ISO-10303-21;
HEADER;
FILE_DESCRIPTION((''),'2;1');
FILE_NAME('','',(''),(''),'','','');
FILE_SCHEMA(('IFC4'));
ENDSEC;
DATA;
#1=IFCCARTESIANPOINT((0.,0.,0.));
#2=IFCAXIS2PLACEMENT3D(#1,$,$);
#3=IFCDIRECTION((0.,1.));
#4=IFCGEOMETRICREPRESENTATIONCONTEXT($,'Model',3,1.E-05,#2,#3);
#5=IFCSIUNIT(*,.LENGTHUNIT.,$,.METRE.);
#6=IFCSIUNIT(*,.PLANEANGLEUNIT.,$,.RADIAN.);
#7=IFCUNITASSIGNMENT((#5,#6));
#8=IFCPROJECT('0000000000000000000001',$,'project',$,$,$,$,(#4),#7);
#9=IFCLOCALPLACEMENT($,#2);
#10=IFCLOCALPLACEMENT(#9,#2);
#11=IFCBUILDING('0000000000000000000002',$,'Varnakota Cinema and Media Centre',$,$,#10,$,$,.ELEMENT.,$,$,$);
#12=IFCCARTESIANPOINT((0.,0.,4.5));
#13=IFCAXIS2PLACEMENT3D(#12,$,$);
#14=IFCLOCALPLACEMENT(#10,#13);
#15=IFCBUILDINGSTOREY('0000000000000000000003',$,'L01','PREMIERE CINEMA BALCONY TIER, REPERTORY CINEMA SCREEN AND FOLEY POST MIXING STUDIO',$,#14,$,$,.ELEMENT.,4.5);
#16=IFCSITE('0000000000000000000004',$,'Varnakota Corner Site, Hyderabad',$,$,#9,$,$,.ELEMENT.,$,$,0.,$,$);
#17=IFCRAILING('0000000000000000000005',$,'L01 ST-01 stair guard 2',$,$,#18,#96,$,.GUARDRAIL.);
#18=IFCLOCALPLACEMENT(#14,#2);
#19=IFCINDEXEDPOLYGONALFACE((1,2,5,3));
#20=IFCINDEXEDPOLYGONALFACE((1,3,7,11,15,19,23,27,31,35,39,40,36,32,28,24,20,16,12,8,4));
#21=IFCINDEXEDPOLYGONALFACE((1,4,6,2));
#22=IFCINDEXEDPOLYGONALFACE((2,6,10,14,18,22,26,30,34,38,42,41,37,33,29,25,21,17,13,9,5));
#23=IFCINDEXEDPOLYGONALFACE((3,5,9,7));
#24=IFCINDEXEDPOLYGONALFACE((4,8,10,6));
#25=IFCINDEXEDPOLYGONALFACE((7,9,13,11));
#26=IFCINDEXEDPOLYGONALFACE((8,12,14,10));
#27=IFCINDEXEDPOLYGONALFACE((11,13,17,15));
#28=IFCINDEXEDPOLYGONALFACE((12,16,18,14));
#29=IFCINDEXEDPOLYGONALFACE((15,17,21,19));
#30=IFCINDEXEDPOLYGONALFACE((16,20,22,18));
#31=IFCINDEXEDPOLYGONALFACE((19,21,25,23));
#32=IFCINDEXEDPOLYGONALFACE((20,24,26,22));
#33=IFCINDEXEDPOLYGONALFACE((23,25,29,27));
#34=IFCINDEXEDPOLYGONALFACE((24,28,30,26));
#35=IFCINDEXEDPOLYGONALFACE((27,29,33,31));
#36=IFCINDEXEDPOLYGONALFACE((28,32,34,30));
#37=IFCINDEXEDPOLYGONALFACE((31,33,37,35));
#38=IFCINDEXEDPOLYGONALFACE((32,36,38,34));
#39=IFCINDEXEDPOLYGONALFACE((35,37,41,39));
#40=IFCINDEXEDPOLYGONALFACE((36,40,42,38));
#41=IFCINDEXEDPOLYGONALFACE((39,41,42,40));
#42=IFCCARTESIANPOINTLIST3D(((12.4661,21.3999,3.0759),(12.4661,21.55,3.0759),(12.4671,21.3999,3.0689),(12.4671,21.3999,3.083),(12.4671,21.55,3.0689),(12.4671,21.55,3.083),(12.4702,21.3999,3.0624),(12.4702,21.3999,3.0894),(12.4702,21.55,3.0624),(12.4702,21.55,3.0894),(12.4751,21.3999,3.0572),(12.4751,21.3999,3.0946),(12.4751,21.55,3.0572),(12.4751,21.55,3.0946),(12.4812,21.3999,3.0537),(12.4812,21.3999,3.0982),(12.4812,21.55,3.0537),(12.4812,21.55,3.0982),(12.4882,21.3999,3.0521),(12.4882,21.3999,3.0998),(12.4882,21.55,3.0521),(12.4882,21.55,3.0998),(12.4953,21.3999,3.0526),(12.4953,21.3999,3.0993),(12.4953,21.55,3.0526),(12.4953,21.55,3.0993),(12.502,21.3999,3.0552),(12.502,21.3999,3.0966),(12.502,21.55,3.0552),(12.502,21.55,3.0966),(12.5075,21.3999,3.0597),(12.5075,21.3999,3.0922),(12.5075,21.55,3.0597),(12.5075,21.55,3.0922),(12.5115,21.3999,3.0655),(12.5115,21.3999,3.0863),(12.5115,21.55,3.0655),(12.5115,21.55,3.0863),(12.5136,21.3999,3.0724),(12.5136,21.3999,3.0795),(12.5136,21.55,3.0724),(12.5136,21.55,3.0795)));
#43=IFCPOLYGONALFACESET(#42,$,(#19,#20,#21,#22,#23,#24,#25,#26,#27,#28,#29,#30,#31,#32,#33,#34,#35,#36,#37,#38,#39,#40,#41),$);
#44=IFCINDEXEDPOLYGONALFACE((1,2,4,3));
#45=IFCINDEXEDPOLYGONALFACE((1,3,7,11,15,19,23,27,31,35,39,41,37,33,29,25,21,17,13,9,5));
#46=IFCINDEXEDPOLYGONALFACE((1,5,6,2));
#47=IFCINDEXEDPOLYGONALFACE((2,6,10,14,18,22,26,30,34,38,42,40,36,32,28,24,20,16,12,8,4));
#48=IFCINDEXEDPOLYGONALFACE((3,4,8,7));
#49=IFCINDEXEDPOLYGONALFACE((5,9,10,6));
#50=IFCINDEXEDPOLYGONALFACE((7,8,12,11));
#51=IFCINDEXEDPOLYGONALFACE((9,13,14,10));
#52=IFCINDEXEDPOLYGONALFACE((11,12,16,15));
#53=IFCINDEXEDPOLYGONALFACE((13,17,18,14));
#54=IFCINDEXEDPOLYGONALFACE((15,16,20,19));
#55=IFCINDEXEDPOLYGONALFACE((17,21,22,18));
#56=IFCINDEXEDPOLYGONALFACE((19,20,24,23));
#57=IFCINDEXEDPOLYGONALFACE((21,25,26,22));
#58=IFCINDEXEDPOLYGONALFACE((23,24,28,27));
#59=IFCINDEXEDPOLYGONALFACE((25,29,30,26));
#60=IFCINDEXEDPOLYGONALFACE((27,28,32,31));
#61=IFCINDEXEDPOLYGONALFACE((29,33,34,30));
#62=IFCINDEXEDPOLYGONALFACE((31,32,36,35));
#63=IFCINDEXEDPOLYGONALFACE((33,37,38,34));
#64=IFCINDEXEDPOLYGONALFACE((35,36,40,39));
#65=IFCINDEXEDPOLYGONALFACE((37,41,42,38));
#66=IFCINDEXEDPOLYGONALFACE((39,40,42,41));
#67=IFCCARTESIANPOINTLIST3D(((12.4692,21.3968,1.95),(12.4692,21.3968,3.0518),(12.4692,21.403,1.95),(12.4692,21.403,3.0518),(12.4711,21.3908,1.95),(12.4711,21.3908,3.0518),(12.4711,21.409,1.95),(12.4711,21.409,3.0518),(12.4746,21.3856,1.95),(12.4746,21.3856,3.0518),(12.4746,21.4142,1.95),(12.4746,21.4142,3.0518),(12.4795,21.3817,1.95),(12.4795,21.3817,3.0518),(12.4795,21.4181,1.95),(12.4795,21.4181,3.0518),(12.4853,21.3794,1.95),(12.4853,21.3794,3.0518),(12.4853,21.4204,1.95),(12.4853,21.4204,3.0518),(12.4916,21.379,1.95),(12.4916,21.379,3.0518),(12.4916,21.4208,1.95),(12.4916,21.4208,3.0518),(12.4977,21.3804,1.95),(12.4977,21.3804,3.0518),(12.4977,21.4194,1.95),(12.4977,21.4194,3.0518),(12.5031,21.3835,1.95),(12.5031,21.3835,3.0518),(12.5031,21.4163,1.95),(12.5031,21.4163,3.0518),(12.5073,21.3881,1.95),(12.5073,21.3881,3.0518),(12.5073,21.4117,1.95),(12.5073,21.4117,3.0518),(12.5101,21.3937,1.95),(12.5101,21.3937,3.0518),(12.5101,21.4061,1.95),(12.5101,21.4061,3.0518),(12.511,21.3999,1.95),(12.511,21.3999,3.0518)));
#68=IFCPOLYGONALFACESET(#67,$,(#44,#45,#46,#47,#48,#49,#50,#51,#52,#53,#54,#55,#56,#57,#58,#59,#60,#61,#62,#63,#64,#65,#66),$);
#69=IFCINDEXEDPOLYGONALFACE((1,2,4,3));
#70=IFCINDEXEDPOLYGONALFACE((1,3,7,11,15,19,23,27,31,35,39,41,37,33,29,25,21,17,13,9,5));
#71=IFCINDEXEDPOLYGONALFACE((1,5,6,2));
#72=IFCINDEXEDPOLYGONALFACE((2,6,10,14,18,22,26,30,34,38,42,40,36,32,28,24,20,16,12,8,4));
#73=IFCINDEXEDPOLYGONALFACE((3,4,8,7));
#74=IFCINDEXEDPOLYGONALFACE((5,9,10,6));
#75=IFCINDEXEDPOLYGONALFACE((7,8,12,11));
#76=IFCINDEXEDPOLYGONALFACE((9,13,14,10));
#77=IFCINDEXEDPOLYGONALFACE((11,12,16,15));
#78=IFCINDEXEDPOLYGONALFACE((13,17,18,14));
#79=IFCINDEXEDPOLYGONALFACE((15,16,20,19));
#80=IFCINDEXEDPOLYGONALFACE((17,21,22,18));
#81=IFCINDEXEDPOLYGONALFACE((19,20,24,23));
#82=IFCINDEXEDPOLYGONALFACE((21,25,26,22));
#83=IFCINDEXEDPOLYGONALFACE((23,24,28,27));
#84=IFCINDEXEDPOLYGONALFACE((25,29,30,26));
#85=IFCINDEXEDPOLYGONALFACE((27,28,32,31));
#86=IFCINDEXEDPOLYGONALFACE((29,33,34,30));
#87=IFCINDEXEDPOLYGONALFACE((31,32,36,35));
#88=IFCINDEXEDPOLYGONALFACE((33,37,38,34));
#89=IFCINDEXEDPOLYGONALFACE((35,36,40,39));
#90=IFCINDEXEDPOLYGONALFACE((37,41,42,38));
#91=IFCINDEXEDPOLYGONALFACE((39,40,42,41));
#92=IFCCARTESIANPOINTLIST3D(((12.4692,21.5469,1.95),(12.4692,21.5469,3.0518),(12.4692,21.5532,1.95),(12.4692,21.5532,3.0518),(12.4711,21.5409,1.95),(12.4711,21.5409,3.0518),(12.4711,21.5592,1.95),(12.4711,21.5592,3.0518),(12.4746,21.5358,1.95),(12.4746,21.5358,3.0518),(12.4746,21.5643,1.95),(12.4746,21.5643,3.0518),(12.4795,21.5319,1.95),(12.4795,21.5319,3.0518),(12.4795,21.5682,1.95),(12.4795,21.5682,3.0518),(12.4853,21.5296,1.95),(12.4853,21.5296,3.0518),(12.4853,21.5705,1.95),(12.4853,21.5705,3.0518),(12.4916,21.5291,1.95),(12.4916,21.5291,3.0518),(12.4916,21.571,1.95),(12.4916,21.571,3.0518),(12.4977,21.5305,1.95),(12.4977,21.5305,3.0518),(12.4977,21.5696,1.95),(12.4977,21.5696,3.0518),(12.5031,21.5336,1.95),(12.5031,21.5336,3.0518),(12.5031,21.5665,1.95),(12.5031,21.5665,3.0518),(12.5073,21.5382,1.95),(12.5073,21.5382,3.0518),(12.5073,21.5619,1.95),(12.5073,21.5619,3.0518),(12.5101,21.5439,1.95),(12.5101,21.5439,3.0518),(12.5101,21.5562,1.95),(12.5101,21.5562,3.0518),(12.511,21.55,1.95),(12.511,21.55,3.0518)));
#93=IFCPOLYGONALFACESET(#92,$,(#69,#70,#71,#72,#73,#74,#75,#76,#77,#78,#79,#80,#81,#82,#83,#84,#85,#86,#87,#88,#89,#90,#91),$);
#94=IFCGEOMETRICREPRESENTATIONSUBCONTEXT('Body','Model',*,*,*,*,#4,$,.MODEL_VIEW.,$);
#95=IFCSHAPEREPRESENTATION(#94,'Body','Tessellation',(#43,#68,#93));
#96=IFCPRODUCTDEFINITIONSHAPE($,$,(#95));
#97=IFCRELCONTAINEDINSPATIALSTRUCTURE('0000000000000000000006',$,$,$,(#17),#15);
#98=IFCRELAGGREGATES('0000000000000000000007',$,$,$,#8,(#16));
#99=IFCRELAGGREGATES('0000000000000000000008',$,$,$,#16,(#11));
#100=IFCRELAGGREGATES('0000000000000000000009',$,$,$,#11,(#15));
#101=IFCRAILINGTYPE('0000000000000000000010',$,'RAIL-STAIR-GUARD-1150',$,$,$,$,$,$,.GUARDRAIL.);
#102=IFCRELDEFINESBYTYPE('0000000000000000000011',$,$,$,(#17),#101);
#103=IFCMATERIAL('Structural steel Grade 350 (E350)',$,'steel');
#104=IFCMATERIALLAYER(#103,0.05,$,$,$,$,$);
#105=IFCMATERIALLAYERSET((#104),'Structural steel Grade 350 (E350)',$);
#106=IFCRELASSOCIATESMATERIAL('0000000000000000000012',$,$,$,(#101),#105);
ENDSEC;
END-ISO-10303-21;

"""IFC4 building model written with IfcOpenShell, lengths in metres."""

from ifc_helpers import new_model, si_unit, direction, frame, origin, origin_2d, place, context, subcontext, project, spatial, circle, extrude, material, layer, layer_set, type_object, element, save


model = new_model("IFC4")

# Units and contexts
model_context = context("Model", 3, precision=1e-05, world=origin(), true_north=direction((0.0, 1.0)))
body_context = subcontext(model_context, "Body", "Model", "MODEL_VIEW")
ifc_project = project(units=[si_unit("LENGTHUNIT", "METRE"), si_unit("PLANEANGLEUNIT", "RADIAN")], contexts=[model_context])

# Site, building, storey
site_placement = place(None, origin())
site = spatial("IfcSite", under=ifc_project, at=site_placement, Name="Varnakota Corner Site, Hyderabad", CompositionType="ELEMENT", RefElevation=0.0)
building_placement = place(site_placement, origin())
building = spatial("IfcBuilding", under=site, at=building_placement, Name="Varnakota Cinema and Media Centre", CompositionType="ELEMENT")
storey_placement = place(building_placement, frame((0.0, 0.0, 4.5)))
storey = spatial("IfcBuildingStorey", under=building, at=storey_placement, Name="L01", Description="PREMIERE CINEMA BALCONY TIER, REPERTORY CINEMA SCREEN AND FOLEY POST MIXING STUDIO", CompositionType="ELEMENT", Elevation=4.5)

# Railing
ifc_material_1 = material(Name="Structural steel Grade 350 (E350)", Category="steel")
ifc_layer_1 = layer(ifc_material_1, 0.05)
ifc_layer_set_1 = layer_set([ifc_layer_1], Name="Structural steel Grade 350 (E350)")
railing_type_1 = type_object("IfcRailingType", Name="RAIL-STAIR-GUARD-1150", PredefinedType="GUARDRAIL", material=ifc_layer_set_1)
railing_1_placement = place(storey_placement, frame((12.49, 21.3999, 1.95)))
element("IfcRailing", 1, at=railing_1_placement, inside=storey, type_object=railing_type_1, Name="L01 ST-01 stair guard 2", PredefinedType="GUARDRAIL", context=body_context, shape_type="SweptSolid", body=[
    extrude(circle(Radius=0.0239, at=origin_2d()), frame((0.0, 0.0, 1.126), z_axis=(0.0, 1.0, 0.0), x_axis=(-1.0, 0.0, 0.0)), (0.0, 0.0, 1.0), 0.1501),
    extrude(circle(Radius=0.021, at=origin_2d()), origin(), (0.0, 0.0, 1.0), 1.1018),
    extrude(circle(Radius=0.021, at=origin_2d()), frame((0.0, 0.1501, 0.0)), (0.0, 0.0, 1.0), 1.1018),
])

save(model, "model.ifc")
